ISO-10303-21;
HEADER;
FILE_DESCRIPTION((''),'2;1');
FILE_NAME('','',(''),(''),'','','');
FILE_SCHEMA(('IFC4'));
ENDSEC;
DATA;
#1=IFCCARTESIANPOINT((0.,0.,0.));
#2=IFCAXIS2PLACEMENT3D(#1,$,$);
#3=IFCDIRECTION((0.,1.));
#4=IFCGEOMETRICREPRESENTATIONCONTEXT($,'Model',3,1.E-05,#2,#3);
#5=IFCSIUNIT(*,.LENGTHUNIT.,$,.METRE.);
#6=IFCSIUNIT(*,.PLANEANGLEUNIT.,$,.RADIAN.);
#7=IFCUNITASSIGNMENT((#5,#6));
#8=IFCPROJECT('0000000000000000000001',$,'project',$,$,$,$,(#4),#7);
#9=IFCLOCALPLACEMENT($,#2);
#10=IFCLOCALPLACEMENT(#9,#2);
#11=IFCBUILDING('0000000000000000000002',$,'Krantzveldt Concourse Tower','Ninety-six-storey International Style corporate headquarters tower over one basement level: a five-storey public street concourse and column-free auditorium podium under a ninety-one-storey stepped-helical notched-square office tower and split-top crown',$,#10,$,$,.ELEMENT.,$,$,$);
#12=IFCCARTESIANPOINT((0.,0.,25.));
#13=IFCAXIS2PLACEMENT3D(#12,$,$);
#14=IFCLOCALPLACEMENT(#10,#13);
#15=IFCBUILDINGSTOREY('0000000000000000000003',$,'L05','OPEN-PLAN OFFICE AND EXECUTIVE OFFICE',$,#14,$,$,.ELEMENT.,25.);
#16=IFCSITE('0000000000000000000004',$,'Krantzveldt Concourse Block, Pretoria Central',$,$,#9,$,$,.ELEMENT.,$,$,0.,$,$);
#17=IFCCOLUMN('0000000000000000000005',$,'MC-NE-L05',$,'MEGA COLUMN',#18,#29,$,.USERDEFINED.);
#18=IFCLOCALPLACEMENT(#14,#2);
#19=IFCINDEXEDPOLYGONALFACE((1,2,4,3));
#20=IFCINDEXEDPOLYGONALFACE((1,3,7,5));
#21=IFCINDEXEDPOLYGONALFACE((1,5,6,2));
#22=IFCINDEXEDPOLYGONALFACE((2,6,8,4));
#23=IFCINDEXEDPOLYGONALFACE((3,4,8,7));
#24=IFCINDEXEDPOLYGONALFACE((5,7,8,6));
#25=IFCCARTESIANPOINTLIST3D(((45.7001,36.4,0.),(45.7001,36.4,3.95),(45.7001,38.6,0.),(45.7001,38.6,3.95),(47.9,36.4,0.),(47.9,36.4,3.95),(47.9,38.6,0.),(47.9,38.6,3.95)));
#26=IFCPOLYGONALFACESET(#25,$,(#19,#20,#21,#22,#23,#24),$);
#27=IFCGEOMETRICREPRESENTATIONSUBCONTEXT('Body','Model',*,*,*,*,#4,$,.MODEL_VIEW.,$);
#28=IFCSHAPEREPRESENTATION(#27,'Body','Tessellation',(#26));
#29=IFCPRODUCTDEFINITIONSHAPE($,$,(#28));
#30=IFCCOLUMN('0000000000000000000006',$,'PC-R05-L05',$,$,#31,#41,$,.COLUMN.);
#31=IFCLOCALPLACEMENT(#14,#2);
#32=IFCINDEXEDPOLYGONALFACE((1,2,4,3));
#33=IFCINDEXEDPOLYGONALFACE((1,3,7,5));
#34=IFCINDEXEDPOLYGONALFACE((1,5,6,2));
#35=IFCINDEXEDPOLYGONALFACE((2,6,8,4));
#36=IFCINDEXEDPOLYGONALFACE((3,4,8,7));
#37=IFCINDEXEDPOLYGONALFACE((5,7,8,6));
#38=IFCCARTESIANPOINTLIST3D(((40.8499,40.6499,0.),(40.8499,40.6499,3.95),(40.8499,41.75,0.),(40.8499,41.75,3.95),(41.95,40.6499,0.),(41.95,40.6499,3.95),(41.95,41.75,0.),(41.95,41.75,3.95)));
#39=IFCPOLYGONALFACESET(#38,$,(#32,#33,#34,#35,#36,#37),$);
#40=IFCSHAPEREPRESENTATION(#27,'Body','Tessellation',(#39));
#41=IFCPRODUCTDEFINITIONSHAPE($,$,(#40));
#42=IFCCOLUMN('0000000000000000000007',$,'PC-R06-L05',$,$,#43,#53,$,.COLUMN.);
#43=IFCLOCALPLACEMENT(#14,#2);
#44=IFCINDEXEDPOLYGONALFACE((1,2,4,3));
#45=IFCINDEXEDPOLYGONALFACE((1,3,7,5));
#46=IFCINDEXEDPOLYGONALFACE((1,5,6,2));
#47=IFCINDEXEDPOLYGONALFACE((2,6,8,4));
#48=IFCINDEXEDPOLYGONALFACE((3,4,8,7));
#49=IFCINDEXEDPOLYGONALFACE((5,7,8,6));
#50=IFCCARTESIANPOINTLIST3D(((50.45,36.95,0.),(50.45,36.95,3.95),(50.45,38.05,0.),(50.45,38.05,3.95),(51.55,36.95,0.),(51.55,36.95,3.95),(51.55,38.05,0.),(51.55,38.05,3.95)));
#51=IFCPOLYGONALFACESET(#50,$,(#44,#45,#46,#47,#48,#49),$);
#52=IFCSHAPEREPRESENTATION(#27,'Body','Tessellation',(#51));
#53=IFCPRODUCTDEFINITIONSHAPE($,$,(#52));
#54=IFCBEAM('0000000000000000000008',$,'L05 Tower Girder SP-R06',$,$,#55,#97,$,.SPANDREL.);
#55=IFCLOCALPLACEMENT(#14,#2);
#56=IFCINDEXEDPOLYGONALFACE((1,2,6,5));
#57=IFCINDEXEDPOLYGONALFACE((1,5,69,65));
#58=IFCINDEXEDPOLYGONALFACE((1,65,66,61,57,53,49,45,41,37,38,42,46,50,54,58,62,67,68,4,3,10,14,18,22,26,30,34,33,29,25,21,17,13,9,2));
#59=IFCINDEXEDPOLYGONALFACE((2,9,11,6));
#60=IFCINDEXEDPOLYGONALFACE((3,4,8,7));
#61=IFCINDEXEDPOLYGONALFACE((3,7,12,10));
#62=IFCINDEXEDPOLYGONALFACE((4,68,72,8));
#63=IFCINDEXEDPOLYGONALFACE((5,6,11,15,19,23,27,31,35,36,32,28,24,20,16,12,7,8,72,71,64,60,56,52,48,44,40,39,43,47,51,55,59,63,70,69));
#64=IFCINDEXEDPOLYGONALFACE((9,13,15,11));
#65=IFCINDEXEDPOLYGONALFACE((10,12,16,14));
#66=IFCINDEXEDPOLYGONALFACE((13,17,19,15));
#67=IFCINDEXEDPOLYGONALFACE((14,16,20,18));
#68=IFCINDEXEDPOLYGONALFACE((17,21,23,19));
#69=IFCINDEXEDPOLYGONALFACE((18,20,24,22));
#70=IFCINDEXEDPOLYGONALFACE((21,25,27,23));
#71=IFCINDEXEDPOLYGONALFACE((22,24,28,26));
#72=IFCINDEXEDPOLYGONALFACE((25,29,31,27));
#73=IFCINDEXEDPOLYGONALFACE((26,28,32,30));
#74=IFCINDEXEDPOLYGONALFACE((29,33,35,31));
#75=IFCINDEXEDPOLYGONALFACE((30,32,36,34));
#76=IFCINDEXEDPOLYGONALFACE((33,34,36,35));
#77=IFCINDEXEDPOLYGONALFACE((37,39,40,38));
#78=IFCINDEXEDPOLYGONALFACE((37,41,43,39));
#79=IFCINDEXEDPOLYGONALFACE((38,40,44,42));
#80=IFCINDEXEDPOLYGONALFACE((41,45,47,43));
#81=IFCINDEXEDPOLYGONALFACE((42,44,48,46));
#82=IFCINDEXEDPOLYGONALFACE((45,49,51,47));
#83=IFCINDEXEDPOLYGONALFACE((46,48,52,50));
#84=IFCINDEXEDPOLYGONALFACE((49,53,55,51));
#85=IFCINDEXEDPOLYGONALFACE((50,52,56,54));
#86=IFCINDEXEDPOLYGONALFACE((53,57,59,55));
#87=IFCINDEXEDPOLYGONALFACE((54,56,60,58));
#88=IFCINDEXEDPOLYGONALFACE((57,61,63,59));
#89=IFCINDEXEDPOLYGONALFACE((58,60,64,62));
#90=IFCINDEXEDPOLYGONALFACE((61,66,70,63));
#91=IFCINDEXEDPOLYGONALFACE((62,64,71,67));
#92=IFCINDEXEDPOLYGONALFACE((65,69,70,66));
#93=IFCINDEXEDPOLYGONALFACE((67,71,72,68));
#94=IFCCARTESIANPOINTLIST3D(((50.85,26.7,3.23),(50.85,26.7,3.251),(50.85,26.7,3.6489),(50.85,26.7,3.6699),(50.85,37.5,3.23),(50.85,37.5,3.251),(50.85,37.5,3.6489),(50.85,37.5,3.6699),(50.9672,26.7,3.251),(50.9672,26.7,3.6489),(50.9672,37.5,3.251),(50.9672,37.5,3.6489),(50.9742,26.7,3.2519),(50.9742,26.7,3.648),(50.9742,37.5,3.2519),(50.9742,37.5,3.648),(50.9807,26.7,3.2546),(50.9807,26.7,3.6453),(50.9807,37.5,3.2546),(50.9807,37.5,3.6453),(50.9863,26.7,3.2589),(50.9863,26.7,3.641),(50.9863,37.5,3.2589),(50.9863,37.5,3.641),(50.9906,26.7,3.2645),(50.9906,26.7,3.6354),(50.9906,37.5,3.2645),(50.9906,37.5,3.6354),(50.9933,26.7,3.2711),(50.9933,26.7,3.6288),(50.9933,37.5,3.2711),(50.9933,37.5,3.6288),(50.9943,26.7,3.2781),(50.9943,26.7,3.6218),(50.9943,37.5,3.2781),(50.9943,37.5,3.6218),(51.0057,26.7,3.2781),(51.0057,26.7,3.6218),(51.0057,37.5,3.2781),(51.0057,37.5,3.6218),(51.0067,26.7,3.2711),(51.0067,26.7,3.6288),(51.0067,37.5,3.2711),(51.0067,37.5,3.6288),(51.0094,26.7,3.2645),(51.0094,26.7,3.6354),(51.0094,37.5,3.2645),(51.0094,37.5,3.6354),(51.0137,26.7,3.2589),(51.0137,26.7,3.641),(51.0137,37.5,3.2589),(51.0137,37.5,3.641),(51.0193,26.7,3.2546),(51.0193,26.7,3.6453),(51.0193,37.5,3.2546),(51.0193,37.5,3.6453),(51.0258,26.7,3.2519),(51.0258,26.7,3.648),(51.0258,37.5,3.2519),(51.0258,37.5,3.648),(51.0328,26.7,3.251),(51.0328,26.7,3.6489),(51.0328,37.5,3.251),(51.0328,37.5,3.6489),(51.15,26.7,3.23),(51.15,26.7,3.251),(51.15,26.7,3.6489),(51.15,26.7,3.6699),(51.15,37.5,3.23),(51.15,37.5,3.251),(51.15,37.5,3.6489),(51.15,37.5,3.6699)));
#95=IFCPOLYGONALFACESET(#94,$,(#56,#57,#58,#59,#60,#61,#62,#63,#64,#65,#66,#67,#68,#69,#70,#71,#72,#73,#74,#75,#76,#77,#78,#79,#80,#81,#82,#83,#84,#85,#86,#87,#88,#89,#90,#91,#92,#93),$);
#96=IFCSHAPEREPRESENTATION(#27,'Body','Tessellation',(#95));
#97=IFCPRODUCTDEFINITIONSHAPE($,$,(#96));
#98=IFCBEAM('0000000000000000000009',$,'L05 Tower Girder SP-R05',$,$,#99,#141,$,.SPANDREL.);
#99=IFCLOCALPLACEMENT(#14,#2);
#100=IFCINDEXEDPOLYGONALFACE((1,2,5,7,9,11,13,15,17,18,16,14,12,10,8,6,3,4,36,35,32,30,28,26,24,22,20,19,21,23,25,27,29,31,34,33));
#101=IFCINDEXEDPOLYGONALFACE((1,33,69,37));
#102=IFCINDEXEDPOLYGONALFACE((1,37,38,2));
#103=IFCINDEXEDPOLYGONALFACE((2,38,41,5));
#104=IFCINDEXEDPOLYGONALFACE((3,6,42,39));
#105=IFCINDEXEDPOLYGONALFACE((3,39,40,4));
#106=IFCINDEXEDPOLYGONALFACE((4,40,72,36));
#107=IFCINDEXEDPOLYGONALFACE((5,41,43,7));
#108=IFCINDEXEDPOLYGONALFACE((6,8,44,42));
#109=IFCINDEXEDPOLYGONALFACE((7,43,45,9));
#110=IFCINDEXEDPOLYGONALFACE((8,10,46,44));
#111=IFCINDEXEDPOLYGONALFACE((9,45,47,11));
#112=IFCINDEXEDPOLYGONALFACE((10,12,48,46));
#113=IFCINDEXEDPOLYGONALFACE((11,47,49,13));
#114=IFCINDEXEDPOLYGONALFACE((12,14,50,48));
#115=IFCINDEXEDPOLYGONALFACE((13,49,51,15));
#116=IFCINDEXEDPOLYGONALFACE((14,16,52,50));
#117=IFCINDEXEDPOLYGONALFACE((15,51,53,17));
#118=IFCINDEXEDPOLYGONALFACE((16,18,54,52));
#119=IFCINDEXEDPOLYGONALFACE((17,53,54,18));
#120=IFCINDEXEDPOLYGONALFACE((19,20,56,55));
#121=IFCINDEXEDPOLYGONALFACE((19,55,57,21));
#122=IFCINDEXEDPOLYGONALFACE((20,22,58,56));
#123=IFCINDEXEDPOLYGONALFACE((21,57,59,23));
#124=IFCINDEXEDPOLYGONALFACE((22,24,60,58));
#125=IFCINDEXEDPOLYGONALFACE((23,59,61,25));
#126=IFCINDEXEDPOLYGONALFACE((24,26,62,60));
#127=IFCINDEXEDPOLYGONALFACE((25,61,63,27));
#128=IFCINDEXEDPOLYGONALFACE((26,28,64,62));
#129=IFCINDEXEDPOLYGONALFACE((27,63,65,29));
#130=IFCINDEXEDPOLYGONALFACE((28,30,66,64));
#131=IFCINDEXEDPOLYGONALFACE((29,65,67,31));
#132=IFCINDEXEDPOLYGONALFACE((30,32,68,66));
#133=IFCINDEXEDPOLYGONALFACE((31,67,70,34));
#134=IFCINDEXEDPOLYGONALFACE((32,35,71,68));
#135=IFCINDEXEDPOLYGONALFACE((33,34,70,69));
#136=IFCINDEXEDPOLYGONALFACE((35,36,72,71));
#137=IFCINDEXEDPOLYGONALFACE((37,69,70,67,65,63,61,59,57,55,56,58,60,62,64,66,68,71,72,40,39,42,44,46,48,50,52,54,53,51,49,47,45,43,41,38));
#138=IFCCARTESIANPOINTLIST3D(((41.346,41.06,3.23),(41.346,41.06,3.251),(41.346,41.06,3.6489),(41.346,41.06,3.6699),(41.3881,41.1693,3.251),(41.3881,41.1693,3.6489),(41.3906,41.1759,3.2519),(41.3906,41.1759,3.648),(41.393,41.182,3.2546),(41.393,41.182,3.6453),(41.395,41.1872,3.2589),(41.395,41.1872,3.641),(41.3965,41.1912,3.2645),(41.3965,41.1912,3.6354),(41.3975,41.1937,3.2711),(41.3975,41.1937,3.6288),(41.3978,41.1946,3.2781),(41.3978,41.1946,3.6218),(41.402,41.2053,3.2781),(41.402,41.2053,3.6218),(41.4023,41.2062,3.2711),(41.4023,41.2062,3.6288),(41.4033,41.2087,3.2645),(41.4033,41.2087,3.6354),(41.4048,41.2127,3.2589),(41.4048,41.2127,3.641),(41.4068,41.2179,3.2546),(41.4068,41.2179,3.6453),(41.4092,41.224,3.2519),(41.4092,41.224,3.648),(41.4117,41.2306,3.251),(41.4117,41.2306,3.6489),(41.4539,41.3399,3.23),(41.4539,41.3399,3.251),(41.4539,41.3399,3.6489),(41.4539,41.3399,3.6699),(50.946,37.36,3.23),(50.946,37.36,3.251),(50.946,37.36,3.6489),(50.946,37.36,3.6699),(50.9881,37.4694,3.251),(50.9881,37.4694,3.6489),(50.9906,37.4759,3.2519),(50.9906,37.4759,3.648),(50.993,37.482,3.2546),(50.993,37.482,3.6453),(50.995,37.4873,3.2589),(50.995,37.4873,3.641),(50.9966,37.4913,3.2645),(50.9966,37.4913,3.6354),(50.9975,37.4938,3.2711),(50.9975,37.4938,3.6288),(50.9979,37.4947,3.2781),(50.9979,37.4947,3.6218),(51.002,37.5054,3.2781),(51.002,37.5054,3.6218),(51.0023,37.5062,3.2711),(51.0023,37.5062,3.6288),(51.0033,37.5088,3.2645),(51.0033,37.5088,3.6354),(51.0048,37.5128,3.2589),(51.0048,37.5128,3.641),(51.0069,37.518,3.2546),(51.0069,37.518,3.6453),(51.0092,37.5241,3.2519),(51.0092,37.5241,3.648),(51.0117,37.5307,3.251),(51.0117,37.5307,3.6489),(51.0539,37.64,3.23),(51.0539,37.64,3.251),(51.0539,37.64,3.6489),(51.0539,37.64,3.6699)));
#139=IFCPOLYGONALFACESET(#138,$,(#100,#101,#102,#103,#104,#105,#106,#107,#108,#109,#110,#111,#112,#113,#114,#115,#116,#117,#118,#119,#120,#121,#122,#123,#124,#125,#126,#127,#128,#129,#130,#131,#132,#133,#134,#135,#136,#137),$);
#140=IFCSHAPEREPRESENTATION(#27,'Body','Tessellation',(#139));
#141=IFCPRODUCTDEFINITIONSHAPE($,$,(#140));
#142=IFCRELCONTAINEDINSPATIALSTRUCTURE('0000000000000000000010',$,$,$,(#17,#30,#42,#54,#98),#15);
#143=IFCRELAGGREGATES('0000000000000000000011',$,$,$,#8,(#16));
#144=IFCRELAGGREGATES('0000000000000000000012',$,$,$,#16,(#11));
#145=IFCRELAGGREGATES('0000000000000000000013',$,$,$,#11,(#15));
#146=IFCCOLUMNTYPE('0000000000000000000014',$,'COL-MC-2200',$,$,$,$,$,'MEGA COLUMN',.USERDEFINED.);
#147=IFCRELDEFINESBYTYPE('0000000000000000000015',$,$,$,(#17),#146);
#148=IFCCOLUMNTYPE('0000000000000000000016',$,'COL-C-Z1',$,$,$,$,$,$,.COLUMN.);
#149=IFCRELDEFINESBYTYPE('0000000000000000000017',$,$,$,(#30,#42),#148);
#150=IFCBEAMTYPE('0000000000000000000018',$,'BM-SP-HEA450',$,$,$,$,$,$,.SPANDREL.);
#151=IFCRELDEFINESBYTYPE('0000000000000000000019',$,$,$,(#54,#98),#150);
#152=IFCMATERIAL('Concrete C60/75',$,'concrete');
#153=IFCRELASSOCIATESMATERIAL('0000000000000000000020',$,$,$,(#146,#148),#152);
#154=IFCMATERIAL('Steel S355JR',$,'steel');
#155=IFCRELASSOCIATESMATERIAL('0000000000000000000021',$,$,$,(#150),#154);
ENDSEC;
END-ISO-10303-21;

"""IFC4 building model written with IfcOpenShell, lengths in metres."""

from ifc_helpers import new_model, si_unit, direction, frame, origin, origin_2d, place, context, subcontext, project, spatial, rectangle, i_section, extrude, source, transform, mapped, material, material_profile, profile_set, type_object, type_shapes, element, save


model = new_model("IFC4")

# Units and contexts
model_context = context("Model", 3, precision=1e-05, world=origin(), true_north=direction((0.0, 1.0)))
body_context = subcontext(model_context, "Body", "Model", "MODEL_VIEW")
ifc_project = project(units=[si_unit("LENGTHUNIT", "METRE"), si_unit("PLANEANGLEUNIT", "RADIAN")], contexts=[model_context])

# Site, building, storey
site_placement = place(None, origin())
site = spatial("IfcSite", under=ifc_project, at=site_placement, Name="Krantzveldt Concourse Block, Pretoria Central", CompositionType="ELEMENT", RefElevation=0.0)
building_placement = place(site_placement, origin())
building = spatial("IfcBuilding", under=site, at=building_placement, Name="Krantzveldt Concourse Tower", Description="Ninety-six-storey International Style corporate headquarters tower over one basement level: a five-storey public street concourse and column-free auditorium podium under a ninety-one-storey stepped-helical notched-square office tower and split-top crown", CompositionType="ELEMENT")
storey_placement = place(building_placement, frame((0.0, 0.0, 25.0)))
storey = spatial("IfcBuildingStorey", under=building, at=storey_placement, Name="L05", Description="OPEN-PLAN OFFICE AND EXECUTIVE OFFICE", CompositionType="ELEMENT", Elevation=25.0)

# Columns
ifc_material_1 = material(Name="Concrete C60/75", Category="concrete")
ifc_material_profile_1 = material_profile(ifc_material_1, rectangle(XDim=2.2, YDim=2.2, at=origin_2d()), Name="Concrete C60/75", Category="concrete")
ifc_profile_set_1 = profile_set([ifc_material_profile_1], Name="Concrete C60/75 - RC 2200x2200")
column_type_1 = type_object("IfcColumnType", Name="COL-MC-2200", ElementType="MEGA COLUMN", PredefinedType="USERDEFINED", material=ifc_profile_set_1)
shared_shape_1 = source(origin(), body_context, "Body", "SweptSolid", [
    extrude(rectangle(XDim=2.2, YDim=2.2, at=origin_2d()), origin(), (0.0, 0.0, 1.0), 3.95),
])
type_shapes(column_type_1, [shared_shape_1])
column_placement = place(storey_placement, frame((46.8, 37.5, 0.0), z_axis=(0.0, 0.0, 1.0), x_axis=(1.0, 0.0, 0.0)))
element("IfcColumn", 1, at=column_placement, inside=storey, type_object=column_type_1, Name="MC-NE-L05", ObjectType="MEGA COLUMN", PredefinedType="USERDEFINED", context=body_context, shape_type="MappedRepresentation", body=[
    mapped(shared_shape_1, transform((0.0, 0.0, 0.0), x_axis=(1.0, 0.0, 0.0), y_axis=(0.0, 1.0, 0.0), z_axis=(0.0, 0.0, 1.0), scale=1.0)),
])
ifc_material_profile_2 = material_profile(ifc_material_1, rectangle(XDim=1.1001, YDim=1.1001, at=origin_2d()), Name="Concrete C60/75", Category="concrete")
ifc_profile_set_2 = profile_set([ifc_material_profile_2], Name="Concrete C60/75 - RC 1100x1100")
column_type_2 = type_object("IfcColumnType", Name="COL-C-Z1", PredefinedType="COLUMN", material=ifc_profile_set_2)
shared_shape_2 = source(origin(), body_context, "Body", "SweptSolid", [
    extrude(rectangle(XDim=1.1001, YDim=1.1001, at=origin_2d()), origin(), (0.0, 0.0, 1.0), 3.95),
])
type_shapes(column_type_2, [shared_shape_2])
for number, where, z_axis, x_axis, name in (
    (2, (41.3999, 41.2, 0.0), (0.0, 0.0, 1.0), (1.0, 0.0, 0.0), "PC-R05-L05"),
    (3, (51.0, 37.5, 0.0), (0.0, 0.0, 1.0), (1.0, 0.0, 0.0), "PC-R06-L05"),
):
    element("IfcColumn", number, at=place(storey_placement, frame(where, z_axis=z_axis, x_axis=x_axis)), inside=storey, type_object=column_type_2, Name=name, PredefinedType="COLUMN", context=body_context, shape_type="MappedRepresentation", body=[
        mapped(shared_shape_2, transform((0.0, 0.0, 0.0), x_axis=(1.0, 0.0, 0.0), y_axis=(0.0, 1.0, 0.0), z_axis=(0.0, 0.0, 1.0), scale=1.0)),
    ])

# Beams
ifc_material_2 = material(Name="Steel S355JR", Category="steel")
ifc_material_profile_3 = material_profile(ifc_material_2, i_section(OverallWidth=0.3, OverallDepth=0.4399, WebThickness=0.0115, FlangeThickness=0.021, FilletRadius=0.0271, at=origin_2d()), Name="Steel S355JR", Category="steel")
ifc_profile_set_3 = profile_set([ifc_material_profile_3], Name="Steel S355JR - HEA 450")
beam_type_1 = type_object("IfcBeamType", Name="BM-SP-HEA450", PredefinedType="SPANDREL", material=ifc_profile_set_3)
shared_shape_3 = source(origin(), body_context, "Body", "SweptSolid", [
    extrude(i_section(OverallWidth=0.3, OverallDepth=0.4399, WebThickness=0.0115, FlangeThickness=0.021, FilletRadius=0.0271, at=origin_2d()), origin(), (0.0, 0.0, 1.0), 10.8),
])
beam_1_placement = place(storey_placement, frame((51.0, 37.5, 3.45), z_axis=(0.0, -1.0, 0.0), x_axis=(1.0, 0.0, 0.0)))
element("IfcBeam", 4, at=beam_1_placement, inside=storey, type_object=beam_type_1, Name="L05 Tower Girder SP-R06", PredefinedType="SPANDREL", context=body_context, shape_type="MappedRepresentation", body=[
    mapped(shared_shape_3, transform((0.0, 0.0, 0.0), x_axis=(1.0, 0.0, 0.0), y_axis=(0.0, 1.0, 0.0), z_axis=(0.0, 0.0, 1.0), scale=1.0)),
])
shared_shape_4 = source(origin(), body_context, "Body", "SweptSolid", [
    extrude(i_section(OverallWidth=0.3, OverallDepth=0.4399, WebThickness=0.0115, FlangeThickness=0.021, FilletRadius=0.0271, at=origin_2d()), origin(), (0.0, 0.0, 1.0), 10.2883),
])
type_shapes(beam_type_1, [shared_shape_3, shared_shape_4])
beam_2_placement = place(storey_placement, frame((41.3999, 41.2, 3.45), z_axis=(0.933098, -0.359623, 0.0), x_axis=(0.359623, 0.933098, 0.0)))
element("IfcBeam", 5, at=beam_2_placement, inside=storey, type_object=beam_type_1, Name="L05 Tower Girder SP-R05", PredefinedType="SPANDREL", context=body_context, shape_type="MappedRepresentation", body=[
    mapped(shared_shape_4, transform((0.0, 0.0, 0.0), x_axis=(1.0, 0.0, 0.0), y_axis=(0.0, 1.0, 0.0), z_axis=(0.0, 0.0, 1.0), scale=1.0)),
])

save(model, "model.ifc")
